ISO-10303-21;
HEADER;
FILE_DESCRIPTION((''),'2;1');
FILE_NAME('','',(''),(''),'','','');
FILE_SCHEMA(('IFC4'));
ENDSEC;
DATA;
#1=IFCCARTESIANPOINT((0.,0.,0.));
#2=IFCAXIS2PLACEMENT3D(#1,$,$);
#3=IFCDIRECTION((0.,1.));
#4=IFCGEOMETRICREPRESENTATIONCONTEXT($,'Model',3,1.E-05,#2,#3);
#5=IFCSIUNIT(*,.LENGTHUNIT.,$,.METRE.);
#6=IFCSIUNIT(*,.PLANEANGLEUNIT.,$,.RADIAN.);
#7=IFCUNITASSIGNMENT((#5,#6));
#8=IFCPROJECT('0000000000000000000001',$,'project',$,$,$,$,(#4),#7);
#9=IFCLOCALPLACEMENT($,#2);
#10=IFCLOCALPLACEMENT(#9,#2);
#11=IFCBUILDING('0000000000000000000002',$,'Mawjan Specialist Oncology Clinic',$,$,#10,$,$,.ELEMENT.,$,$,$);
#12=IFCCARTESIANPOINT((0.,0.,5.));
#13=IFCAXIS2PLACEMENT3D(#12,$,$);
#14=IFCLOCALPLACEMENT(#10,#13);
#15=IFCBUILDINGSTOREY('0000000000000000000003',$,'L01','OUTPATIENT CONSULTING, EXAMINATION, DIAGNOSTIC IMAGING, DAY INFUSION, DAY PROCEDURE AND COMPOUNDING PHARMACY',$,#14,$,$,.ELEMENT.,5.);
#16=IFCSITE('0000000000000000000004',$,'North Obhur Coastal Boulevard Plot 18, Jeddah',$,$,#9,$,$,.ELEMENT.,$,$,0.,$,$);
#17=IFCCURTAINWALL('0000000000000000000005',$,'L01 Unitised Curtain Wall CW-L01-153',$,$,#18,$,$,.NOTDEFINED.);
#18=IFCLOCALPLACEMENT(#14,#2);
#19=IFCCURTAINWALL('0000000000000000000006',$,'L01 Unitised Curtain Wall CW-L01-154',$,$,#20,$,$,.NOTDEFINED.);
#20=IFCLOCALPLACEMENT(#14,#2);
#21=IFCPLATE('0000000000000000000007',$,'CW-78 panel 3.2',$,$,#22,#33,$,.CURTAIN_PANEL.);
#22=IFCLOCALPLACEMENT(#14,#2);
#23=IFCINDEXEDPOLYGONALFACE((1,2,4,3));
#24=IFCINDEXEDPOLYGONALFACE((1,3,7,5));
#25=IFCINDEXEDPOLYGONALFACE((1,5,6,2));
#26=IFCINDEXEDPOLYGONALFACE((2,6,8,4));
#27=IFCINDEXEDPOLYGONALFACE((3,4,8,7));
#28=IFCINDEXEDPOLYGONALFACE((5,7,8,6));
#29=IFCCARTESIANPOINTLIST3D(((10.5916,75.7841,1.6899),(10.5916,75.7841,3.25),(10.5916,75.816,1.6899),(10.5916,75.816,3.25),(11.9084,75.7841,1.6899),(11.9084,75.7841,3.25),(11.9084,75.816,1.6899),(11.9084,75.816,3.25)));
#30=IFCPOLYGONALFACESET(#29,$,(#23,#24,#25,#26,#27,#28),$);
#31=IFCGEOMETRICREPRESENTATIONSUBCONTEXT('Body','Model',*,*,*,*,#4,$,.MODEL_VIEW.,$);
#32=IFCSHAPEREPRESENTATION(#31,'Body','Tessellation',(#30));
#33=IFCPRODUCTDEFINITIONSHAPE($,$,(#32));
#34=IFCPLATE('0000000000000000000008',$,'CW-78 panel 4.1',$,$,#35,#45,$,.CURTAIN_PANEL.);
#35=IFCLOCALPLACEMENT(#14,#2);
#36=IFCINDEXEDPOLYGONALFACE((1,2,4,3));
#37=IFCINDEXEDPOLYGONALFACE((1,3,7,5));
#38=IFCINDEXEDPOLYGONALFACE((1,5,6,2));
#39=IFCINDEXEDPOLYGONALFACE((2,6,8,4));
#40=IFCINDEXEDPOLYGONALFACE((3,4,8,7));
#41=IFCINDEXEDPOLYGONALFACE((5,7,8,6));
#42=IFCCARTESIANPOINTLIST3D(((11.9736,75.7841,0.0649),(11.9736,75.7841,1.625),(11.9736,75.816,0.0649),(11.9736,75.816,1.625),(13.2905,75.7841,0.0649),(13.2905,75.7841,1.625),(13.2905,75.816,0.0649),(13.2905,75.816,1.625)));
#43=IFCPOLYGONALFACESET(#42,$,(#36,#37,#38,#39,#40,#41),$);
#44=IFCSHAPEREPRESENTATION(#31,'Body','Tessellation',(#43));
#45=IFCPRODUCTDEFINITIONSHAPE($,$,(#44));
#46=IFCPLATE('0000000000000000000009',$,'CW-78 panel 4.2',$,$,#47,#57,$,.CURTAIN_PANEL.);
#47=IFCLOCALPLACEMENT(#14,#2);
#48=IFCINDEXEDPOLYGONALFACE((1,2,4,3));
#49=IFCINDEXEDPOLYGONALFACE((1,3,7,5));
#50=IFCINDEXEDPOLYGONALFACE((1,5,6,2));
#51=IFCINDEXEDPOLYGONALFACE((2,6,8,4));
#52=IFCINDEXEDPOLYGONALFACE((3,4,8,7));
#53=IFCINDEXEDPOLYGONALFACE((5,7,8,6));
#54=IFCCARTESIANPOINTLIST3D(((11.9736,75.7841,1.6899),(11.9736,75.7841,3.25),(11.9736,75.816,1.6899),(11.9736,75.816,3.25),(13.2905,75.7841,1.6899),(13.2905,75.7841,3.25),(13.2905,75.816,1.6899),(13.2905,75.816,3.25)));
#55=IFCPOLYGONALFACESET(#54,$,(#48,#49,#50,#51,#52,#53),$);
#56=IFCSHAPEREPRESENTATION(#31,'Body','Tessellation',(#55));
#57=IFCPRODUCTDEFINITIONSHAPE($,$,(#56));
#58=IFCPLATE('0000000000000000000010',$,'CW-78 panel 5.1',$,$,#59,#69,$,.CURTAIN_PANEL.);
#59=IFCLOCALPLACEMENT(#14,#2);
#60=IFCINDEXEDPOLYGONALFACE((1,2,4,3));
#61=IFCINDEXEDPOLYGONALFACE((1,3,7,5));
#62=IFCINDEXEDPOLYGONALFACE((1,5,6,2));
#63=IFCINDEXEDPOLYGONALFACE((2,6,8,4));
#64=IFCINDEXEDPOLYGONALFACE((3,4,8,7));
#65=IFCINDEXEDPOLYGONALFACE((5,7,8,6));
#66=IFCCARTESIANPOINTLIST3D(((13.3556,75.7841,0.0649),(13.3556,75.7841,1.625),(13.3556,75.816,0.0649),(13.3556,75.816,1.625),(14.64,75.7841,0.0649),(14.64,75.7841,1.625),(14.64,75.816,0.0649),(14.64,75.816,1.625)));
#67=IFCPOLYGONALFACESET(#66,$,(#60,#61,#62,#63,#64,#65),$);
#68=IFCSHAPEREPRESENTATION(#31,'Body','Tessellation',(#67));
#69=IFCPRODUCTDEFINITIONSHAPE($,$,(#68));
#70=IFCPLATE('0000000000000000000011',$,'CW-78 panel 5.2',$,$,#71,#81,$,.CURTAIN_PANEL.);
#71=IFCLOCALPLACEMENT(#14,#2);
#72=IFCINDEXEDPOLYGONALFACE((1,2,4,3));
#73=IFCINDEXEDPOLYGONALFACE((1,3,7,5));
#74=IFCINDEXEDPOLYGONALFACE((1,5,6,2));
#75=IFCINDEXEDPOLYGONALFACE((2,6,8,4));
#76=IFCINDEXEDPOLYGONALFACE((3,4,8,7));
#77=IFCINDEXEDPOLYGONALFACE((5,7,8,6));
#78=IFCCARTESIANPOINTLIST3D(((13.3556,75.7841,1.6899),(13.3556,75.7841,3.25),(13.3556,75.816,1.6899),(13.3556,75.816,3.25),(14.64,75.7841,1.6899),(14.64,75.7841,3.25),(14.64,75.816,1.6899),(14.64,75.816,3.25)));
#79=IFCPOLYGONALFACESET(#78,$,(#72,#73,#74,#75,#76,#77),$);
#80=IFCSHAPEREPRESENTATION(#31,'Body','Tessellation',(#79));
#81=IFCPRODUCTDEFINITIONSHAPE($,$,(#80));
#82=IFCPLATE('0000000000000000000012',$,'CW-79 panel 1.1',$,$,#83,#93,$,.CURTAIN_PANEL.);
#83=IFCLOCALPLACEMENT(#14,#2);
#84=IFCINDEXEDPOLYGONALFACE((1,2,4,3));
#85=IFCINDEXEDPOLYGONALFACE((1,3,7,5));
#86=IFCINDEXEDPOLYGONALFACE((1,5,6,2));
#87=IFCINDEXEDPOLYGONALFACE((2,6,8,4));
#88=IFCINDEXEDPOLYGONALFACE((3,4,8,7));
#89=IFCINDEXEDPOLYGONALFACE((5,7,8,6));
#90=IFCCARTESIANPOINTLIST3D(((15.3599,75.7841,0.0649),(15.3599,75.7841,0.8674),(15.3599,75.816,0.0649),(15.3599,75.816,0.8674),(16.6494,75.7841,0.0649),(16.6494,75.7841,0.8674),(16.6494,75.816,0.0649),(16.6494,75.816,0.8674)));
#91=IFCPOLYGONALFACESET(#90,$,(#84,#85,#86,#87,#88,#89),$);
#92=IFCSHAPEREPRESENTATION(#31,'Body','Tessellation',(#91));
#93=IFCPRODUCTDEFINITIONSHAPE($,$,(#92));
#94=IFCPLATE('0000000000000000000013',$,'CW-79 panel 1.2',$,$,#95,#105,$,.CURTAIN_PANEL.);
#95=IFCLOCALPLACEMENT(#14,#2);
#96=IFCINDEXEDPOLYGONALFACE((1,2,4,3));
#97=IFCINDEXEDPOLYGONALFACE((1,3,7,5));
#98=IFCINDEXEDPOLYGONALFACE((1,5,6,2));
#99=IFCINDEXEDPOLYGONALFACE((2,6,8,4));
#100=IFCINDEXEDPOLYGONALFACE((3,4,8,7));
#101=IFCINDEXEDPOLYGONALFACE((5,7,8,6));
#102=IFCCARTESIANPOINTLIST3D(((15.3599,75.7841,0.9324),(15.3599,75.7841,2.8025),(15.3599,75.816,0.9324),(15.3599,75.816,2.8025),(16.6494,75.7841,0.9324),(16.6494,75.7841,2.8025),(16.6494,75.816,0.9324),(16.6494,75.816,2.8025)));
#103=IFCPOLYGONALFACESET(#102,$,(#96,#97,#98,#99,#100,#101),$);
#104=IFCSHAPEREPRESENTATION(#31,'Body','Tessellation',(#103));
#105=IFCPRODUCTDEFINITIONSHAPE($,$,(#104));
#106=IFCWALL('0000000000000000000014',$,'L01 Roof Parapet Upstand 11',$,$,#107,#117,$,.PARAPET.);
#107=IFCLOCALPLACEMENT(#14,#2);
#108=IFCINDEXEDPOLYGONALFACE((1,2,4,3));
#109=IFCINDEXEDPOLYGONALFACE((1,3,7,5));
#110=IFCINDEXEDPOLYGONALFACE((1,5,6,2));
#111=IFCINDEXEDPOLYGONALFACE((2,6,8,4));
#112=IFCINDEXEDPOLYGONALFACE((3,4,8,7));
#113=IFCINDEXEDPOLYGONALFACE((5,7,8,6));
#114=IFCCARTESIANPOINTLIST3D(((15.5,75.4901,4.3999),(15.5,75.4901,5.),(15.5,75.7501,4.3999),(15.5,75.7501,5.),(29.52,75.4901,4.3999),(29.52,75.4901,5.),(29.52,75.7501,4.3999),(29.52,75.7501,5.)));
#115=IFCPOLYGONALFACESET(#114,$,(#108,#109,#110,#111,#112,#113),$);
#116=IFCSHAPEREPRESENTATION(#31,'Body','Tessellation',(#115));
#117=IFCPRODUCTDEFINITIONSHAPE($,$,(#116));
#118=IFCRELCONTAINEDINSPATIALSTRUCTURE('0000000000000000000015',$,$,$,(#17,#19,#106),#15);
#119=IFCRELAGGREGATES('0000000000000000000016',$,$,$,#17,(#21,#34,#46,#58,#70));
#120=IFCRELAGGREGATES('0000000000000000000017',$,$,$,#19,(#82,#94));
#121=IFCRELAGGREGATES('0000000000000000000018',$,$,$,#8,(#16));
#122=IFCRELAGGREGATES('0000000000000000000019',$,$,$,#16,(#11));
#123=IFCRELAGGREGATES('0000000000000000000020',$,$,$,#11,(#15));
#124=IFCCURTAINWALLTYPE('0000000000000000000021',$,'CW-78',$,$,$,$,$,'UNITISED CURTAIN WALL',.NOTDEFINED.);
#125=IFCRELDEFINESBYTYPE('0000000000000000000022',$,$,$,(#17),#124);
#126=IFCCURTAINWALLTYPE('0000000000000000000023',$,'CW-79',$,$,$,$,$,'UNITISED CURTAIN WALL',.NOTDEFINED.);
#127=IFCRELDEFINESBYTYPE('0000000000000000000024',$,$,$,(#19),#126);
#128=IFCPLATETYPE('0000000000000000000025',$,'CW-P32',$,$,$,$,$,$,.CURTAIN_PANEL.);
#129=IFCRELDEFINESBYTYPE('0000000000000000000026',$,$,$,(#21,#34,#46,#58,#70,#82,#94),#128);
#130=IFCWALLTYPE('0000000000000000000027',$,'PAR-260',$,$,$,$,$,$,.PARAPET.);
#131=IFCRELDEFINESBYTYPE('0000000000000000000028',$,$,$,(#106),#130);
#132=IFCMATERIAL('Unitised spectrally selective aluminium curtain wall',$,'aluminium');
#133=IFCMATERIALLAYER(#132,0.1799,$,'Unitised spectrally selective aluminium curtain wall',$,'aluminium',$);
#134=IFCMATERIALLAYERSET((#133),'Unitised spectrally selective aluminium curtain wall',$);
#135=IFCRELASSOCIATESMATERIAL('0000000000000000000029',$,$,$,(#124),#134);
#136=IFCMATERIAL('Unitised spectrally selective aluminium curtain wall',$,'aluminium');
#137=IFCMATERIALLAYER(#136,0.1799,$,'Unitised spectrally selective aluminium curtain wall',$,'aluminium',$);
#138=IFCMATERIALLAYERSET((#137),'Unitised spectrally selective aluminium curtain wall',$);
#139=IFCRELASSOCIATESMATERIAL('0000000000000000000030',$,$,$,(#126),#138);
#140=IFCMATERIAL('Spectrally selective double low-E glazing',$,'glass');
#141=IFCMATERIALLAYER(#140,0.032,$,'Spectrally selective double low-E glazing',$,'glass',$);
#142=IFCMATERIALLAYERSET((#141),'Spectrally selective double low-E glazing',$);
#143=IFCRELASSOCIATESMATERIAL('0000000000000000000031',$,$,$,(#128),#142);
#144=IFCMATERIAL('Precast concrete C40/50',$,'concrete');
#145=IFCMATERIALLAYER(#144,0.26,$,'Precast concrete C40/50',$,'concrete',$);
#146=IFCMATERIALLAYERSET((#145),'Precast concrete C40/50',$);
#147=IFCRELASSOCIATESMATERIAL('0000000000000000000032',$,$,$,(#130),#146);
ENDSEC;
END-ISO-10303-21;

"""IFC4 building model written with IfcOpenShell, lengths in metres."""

from ifc_helpers import new_model, si_unit, direction, frame, frame_2d, origin, origin_2d, place, context, subcontext, project, spatial, rectangle, extrude, material, layer, layer_set, type_object, element, aggregate, save


model = new_model("IFC4")

# Units and contexts
model_context = context("Model", 3, precision=1e-05, world=origin(), true_north=direction((0.0, 1.0)))
body_context = subcontext(model_context, "Body", "Model", "MODEL_VIEW")
ifc_project = project(units=[si_unit("LENGTHUNIT", "METRE"), si_unit("PLANEANGLEUNIT", "RADIAN")], contexts=[model_context])

# Site, building, storey
site_placement = place(None, origin())
site = spatial("IfcSite", under=ifc_project, at=site_placement, Name="North Obhur Coastal Boulevard Plot 18, Jeddah", CompositionType="ELEMENT", RefElevation=0.0)
building_placement = place(site_placement, origin())
building = spatial("IfcBuilding", under=site, at=building_placement, Name="Mawjan Specialist Oncology Clinic", CompositionType="ELEMENT")
storey_placement = place(building_placement, frame((0.0, 0.0, 5.0)))
storey = spatial("IfcBuildingStorey", under=building, at=storey_placement, Name="L01", Description="OUTPATIENT CONSULTING, EXAMINATION, DIAGNOSTIC IMAGING, DAY INFUSION, DAY PROCEDURE AND COMPOUNDING PHARMACY", CompositionType="ELEMENT", Elevation=5.0)

# Curtain wall
ifc_material_1 = material(Name="Unitised spectrally selective aluminium curtain wall", Category="aluminium")
ifc_layer_1 = layer(ifc_material_1, 0.1799, Name="Unitised spectrally selective aluminium curtain wall", Category="aluminium")
ifc_layer_set_1 = layer_set([ifc_layer_1], Name="Unitised spectrally selective aluminium curtain wall")
curtain_wall_type_1 = type_object("IfcCurtainWallType", Name="CW-78", ElementType="UNITISED CURTAIN WALL", PredefinedType="NOTDEFINED", material=ifc_layer_set_1)
curtain_wall_1_placement = place(storey_placement, origin())
curtain_wall_1 = element("IfcCurtainWall", 1, at=curtain_wall_1_placement, inside=storey, type_object=curtain_wall_type_1, Name="L01 Unitised Curtain Wall CW-L01-153", PredefinedType="NOTDEFINED")

# Curtain wall
ifc_material_2 = material(Name="Unitised spectrally selective aluminium curtain wall", Category="aluminium")
ifc_layer_2 = layer(ifc_material_2, 0.1799, Name="Unitised spectrally selective aluminium curtain wall", Category="aluminium")
ifc_layer_set_2 = layer_set([ifc_layer_2], Name="Unitised spectrally selective aluminium curtain wall")
curtain_wall_type_2 = type_object("IfcCurtainWallType", Name="CW-79", ElementType="UNITISED CURTAIN WALL", PredefinedType="NOTDEFINED", material=ifc_layer_set_2)
curtain_wall_2_placement = place(storey_placement, origin())
curtain_wall_2 = element("IfcCurtainWall", 2, at=curtain_wall_2_placement, inside=storey, type_object=curtain_wall_type_2, Name="L01 Unitised Curtain Wall CW-L01-154", PredefinedType="NOTDEFINED")

# Plates
ifc_material_3 = material(Name="Spectrally selective double low-E glazing", Category="glass")
ifc_layer_3 = layer(ifc_material_3, 0.032, Name="Spectrally selective double low-E glazing", Category="glass")
ifc_layer_set_3 = layer_set([ifc_layer_3], Name="Spectrally selective double low-E glazing")
plate_type = type_object("IfcPlateType", Name="CW-P32", PredefinedType="CURTAIN_PANEL", material=ifc_layer_set_3)
plate_1_placement = place(storey_placement, frame((11.25, 75.8, 1.6899), z_axis=(0.0, 0.0, 1.0), x_axis=(1.0, 0.0, 0.0)))
plate_1 = element("IfcPlate", 3, at=plate_1_placement, type_object=plate_type, Name="CW-78 panel 3.2", PredefinedType="CURTAIN_PANEL", context=body_context, shape_type="SweptSolid", body=[
    extrude(rectangle(XDim=1.3169, YDim=0.032, at=origin_2d()), origin(), (0.0, 0.0, 1.0), 1.5601),
])
plate_2_placement = place(storey_placement, frame((12.6321, 75.8, 0.0649), z_axis=(0.0, 0.0, 1.0), x_axis=(1.0, 0.0, 0.0)))
plate_2 = element("IfcPlate", 4, at=plate_2_placement, type_object=plate_type, Name="CW-78 panel 4.1", PredefinedType="CURTAIN_PANEL", context=body_context, shape_type="SweptSolid", body=[
    extrude(rectangle(XDim=1.3169, YDim=0.032, at=origin_2d()), origin(), (0.0, 0.0, 1.0), 1.5601),
])
plate_3_placement = place(storey_placement, frame((12.6321, 75.8, 1.6899), z_axis=(0.0, 0.0, 1.0), x_axis=(1.0, 0.0, 0.0)))
plate_3 = element("IfcPlate", 5, at=plate_3_placement, type_object=plate_type, Name="CW-78 panel 4.2", PredefinedType="CURTAIN_PANEL", context=body_context, shape_type="SweptSolid", body=[
    extrude(rectangle(XDim=1.3169, YDim=0.032, at=origin_2d()), origin(), (0.0, 0.0, 1.0), 1.5601),
])
plate_4_placement = place(storey_placement, frame((13.9978, 75.8, 0.0649), z_axis=(0.0, 0.0, 1.0), x_axis=(1.0, 0.0, 0.0)))
plate_4 = element("IfcPlate", 6, at=plate_4_placement, type_object=plate_type, Name="CW-78 panel 5.1", PredefinedType="CURTAIN_PANEL", context=body_context, shape_type="SweptSolid", body=[
    extrude(rectangle(XDim=1.2844, YDim=0.032, at=origin_2d()), origin(), (0.0, 0.0, 1.0), 1.5601),
])
plate_5_placement = place(storey_placement, frame((13.9978, 75.8, 1.6899), z_axis=(0.0, 0.0, 1.0), x_axis=(1.0, 0.0, 0.0)))
plate_5 = element("IfcPlate", 7, at=plate_5_placement, type_object=plate_type, Name="CW-78 panel 5.2", PredefinedType="CURTAIN_PANEL", context=body_context, shape_type="SweptSolid", body=[
    extrude(rectangle(XDim=1.2844, YDim=0.032, at=origin_2d()), origin(), (0.0, 0.0, 1.0), 1.5601),
])
aggregate(curtain_wall_1, [plate_1, plate_2, plate_3, plate_4, plate_5])
plate_6_placement = place(storey_placement, frame((16.0046, 75.8, 0.0649), z_axis=(0.0, 0.0, 1.0), x_axis=(1.0, 0.0, 0.0)))
plate_6 = element("IfcPlate", 8, at=plate_6_placement, type_object=plate_type, Name="CW-79 panel 1.1", PredefinedType="CURTAIN_PANEL", context=body_context, shape_type="SweptSolid", body=[
    extrude(rectangle(XDim=1.2896, YDim=0.032, at=origin_2d()), origin(), (0.0, 0.0, 1.0), 0.8025),
])
plate_7_placement = place(storey_placement, frame((16.0046, 75.8, 0.9324), z_axis=(0.0, 0.0, 1.0), x_axis=(1.0, 0.0, 0.0)))
plate_7 = element("IfcPlate", 9, at=plate_7_placement, type_object=plate_type, Name="CW-79 panel 1.2", PredefinedType="CURTAIN_PANEL", context=body_context, shape_type="SweptSolid", body=[
    extrude(rectangle(XDim=1.2896, YDim=0.032, at=origin_2d()), origin(), (0.0, 0.0, 1.0), 1.8701),
])
aggregate(curtain_wall_2, [plate_6, plate_7])

# Wall
ifc_material_4 = material(Name="Precast concrete C40/50", Category="concrete")
ifc_layer_4 = layer(ifc_material_4, 0.26, Name="Precast concrete C40/50", Category="concrete")
ifc_layer_set_4 = layer_set([ifc_layer_4], Name="Precast concrete C40/50")
wall_type = type_object("IfcWallType", Name="PAR-260", PredefinedType="PARAPET", material=ifc_layer_set_4)
wall_placement = place(storey_placement, frame((15.5, 75.6201, 4.3999), z_axis=(0.0, 0.0, 1.0), x_axis=(1.0, 0.0, 0.0)))
element("IfcWall", 10, at=wall_placement, inside=storey, type_object=wall_type, Name="L01 Roof Parapet Upstand 11", PredefinedType="PARAPET", context=body_context, shape_type="SweptSolid", body=[
    extrude(rectangle(XDim=14.02, YDim=0.26, at=frame_2d((7.01, 0.0))), origin(), (0.0, 0.0, 1.0), 0.6001),
])

save(model, "model.ifc")
